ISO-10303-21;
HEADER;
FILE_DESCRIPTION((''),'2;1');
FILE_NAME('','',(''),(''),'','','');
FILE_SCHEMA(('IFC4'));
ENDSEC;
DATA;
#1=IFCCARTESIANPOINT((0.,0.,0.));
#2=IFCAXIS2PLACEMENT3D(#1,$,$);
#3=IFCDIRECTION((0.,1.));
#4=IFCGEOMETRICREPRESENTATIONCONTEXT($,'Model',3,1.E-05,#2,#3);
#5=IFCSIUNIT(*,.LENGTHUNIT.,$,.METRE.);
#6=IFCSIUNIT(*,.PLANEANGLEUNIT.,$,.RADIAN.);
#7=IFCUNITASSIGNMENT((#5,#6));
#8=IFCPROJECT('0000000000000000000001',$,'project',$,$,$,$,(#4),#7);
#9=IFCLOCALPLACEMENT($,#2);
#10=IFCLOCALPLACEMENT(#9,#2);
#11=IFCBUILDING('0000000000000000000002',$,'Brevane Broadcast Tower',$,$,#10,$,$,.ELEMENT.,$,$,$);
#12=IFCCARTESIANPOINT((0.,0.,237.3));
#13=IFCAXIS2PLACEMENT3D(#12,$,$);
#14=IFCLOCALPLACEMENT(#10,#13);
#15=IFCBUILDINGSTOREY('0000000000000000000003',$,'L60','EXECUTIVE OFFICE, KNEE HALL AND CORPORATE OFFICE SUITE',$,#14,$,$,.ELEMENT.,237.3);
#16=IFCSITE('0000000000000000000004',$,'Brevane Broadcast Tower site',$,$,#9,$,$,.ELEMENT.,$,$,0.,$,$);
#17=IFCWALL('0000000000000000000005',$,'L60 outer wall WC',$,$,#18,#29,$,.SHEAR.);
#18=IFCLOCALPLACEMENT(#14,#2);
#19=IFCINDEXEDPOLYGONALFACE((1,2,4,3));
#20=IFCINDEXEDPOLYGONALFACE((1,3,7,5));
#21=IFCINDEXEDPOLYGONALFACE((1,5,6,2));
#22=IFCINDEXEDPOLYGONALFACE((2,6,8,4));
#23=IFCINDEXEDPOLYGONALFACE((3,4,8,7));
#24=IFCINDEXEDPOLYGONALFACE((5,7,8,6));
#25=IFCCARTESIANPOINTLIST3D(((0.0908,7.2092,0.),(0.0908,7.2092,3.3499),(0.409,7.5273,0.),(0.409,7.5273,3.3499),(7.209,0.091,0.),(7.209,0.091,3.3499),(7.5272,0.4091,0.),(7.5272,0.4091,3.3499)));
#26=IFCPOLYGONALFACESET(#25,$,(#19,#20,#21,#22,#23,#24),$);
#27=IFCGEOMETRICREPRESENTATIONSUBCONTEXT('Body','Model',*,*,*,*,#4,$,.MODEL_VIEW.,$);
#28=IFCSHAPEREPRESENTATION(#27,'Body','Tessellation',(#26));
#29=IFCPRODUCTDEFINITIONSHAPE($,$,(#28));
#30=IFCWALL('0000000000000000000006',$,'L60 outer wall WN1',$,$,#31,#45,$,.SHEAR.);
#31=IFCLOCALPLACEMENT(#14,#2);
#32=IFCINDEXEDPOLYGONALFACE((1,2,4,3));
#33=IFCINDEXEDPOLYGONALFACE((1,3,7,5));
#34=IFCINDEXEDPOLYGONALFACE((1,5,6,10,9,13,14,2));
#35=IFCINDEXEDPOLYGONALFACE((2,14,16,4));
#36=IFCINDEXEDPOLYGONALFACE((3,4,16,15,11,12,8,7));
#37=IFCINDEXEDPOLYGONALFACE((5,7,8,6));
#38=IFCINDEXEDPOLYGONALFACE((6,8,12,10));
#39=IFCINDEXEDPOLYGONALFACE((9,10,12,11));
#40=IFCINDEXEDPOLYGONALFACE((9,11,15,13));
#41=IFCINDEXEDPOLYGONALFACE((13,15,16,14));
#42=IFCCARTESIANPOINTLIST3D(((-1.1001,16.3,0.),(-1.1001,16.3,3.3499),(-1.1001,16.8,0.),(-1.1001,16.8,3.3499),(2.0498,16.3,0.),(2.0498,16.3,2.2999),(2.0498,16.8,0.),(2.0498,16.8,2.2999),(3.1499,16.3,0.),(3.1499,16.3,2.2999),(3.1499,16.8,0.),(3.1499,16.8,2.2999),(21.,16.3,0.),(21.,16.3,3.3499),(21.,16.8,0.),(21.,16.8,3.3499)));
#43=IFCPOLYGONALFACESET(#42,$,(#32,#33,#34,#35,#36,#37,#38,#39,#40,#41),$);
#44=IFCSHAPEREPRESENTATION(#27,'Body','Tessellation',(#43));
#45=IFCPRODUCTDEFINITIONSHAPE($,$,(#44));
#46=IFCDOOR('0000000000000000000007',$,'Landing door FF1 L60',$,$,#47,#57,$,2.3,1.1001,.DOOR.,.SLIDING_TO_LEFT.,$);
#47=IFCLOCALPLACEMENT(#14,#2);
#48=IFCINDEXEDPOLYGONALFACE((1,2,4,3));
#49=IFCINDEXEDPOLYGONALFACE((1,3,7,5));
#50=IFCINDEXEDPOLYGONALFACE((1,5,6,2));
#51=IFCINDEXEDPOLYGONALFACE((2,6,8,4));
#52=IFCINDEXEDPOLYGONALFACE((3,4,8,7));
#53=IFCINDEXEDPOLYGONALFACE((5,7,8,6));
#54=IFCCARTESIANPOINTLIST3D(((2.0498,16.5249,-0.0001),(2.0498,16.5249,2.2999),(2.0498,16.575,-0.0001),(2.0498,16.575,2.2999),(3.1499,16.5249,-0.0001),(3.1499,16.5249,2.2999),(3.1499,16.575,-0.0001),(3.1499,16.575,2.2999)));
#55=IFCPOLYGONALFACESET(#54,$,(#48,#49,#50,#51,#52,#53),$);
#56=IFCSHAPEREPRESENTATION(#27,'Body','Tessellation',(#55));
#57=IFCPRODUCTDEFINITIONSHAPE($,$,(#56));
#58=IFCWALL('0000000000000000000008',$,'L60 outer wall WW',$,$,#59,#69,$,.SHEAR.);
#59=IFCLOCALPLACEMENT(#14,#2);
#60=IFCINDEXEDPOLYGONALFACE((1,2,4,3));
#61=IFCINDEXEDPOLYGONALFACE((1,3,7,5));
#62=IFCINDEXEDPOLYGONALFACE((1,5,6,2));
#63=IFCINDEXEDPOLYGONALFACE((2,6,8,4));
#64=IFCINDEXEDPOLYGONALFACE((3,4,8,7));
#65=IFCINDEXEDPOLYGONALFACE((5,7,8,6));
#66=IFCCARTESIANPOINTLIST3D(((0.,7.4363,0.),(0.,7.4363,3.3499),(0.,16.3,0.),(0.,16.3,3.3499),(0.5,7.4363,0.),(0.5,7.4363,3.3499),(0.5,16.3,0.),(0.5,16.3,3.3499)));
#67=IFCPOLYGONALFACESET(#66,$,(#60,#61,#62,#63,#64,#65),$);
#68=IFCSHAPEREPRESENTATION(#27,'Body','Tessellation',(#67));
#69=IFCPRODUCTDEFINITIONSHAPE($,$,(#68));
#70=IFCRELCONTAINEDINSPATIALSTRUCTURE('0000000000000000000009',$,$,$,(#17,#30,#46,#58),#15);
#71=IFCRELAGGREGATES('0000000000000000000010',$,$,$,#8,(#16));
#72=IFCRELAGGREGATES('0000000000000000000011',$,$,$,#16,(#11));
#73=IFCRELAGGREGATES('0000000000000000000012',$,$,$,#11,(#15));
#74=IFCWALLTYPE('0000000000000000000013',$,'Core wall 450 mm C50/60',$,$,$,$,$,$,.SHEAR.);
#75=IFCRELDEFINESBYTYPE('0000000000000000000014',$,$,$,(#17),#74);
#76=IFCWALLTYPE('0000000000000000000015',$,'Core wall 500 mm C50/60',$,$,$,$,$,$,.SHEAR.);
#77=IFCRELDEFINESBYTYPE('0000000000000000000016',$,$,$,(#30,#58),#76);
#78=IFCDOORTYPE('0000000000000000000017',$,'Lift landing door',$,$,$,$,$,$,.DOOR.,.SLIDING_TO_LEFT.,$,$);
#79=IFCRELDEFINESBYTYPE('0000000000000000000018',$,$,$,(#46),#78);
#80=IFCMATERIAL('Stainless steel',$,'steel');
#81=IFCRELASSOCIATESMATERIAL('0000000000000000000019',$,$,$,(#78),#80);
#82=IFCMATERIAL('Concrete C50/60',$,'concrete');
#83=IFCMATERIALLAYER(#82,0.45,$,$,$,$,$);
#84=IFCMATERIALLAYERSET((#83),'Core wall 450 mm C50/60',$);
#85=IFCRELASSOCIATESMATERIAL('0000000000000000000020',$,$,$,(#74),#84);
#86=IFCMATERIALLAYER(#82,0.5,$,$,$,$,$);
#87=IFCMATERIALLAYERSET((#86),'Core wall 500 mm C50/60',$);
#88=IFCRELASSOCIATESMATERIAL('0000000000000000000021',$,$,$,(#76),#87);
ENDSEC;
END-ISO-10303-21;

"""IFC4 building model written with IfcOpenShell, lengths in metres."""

from ifc_helpers import new_model, si_unit, direction, frame, frame_2d, origin, place, context, subcontext, project, spatial, rectangle, extrude, material, layer, layer_set, type_object, element, fill, save


model = new_model("IFC4")

# Units and contexts
model_context = context("Model", 3, precision=1e-05, world=origin(), true_north=direction((0.0, 1.0)))
body_context = subcontext(model_context, "Body", "Model", "MODEL_VIEW")
ifc_project = project(units=[si_unit("LENGTHUNIT", "METRE"), si_unit("PLANEANGLEUNIT", "RADIAN")], contexts=[model_context])

# Site, building, storey
site_placement = place(None, origin())
site = spatial("IfcSite", under=ifc_project, at=site_placement, Name="Brevane Broadcast Tower site", CompositionType="ELEMENT", RefElevation=0.0)
building_placement = place(site_placement, origin())
building = spatial("IfcBuilding", under=site, at=building_placement, Name="Brevane Broadcast Tower", CompositionType="ELEMENT")
storey_placement = place(building_placement, frame((0.0, 0.0, 237.3)))
storey = spatial("IfcBuildingStorey", under=building, at=storey_placement, Name="L60", Description="EXECUTIVE OFFICE, KNEE HALL AND CORPORATE OFFICE SUITE", CompositionType="ELEMENT", Elevation=237.3)

# Shared definitions
ifc_material_1 = material(Name="Concrete C50/60", Category="concrete")
ifc_material_2 = material(Name="Stainless steel", Category="steel")
door_type_1 = type_object("IfcDoorType", Name="Lift landing door", OperationType="SLIDING_TO_LEFT", PredefinedType="DOOR", material=ifc_material_2)

# Wall
ifc_layer_1 = layer(ifc_material_1, 0.45)
ifc_layer_set_1 = layer_set([ifc_layer_1], Name="Core wall 450 mm C50/60")
wall_type_1 = type_object("IfcWallType", Name="Core wall 450 mm C50/60", PredefinedType="SHEAR", material=ifc_layer_set_1)
wall_1_placement = place(storey_placement, frame((0.25, 7.3682, 0.0), z_axis=(0.0, 0.0, 1.0), x_axis=(0.707107, -0.707107, 0.0)))
element("IfcWall", 1, at=wall_1_placement, inside=storey, type_object=wall_type_1, Name="L60 outer wall WC", PredefinedType="SHEAR", context=body_context, shape_type="SweptSolid", body=[
    extrude(rectangle(XDim=10.0667, YDim=0.45, at=frame_2d((5.0332, 0.0))), origin(), (0.0, 0.0, 1.0), 3.3499),
])

# Wall, opening, door
ifc_layer_2 = layer(ifc_material_1, 0.5)
ifc_layer_set_2 = layer_set([ifc_layer_2], Name="Core wall 500 mm C50/60")
wall_type_2 = type_object("IfcWallType", Name="Core wall 500 mm C50/60", PredefinedType="SHEAR", material=ifc_layer_set_2)
wall_2_placement = place(storey_placement, frame((-1.1001, 16.55, 0.0), z_axis=(0.0, 0.0, 1.0), x_axis=(1.0, 0.0, 0.0)))
wall_2 = element("IfcWall", 2, at=wall_2_placement, inside=storey, type_object=wall_type_2, Name="L60 outer wall WN1", PredefinedType="SHEAR", context=body_context, shape_type="SweptSolid", body=[
    extrude(rectangle(XDim=22.1001, YDim=0.5, at=frame_2d((11.05, 0.0))), origin(), (0.0, 0.0, 1.0), 3.3499),
])
opening_1_placement = place(wall_2_placement, frame((3.1499, 0.0, 0.0)))
opening_1 = element("IfcOpeningElement", 3, at=opening_1_placement, cuts=wall_2, PredefinedType="OPENING", context=body_context, shape_type="SweptSolid", body=[
    extrude(rectangle(XDim=1.1001, YDim=2.3, at=frame_2d((0.55, 1.1499))), frame((0.0, 0.26, 0.0), z_axis=(0.0, -1.0, 0.0), x_axis=(1.0, 0.0, 0.0)), (0.0, 0.0, 1.0), 0.52),
])
door_1_placement = place(opening_1_placement, origin())
door_1 = element("IfcDoor", 4, at=door_1_placement, inside=storey, type_object=door_type_1, Name="Landing door FF1 L60", OperationType="SLIDING_TO_LEFT", OverallHeight=2.3, OverallWidth=1.1001, PredefinedType="DOOR", context=body_context, shape_type="SweptSolid", body=[
    extrude(rectangle(XDim=1.1001, YDim=2.3, at=frame_2d((0.55, 1.1499))), frame((0.0, 0.0249, 0.0), z_axis=(0.0, -1.0, 0.0), x_axis=(1.0, 0.0, 0.0)), (0.0, 0.0, 1.0), 0.05),
])
fill(opening_1, door_1)

# Wall
wall_3_placement = place(storey_placement, frame((0.25, 7.4363, 0.0), z_axis=(0.0, 0.0, 1.0), x_axis=(0.0, 1.0, 0.0)))
element("IfcWall", 5, at=wall_3_placement, inside=storey, type_object=wall_type_2, Name="L60 outer wall WW", PredefinedType="SHEAR", context=body_context, shape_type="SweptSolid", body=[
    extrude(rectangle(XDim=8.8638, YDim=0.5, at=frame_2d((4.4319, 0.0))), origin(), (0.0, 0.0, 1.0), 3.3499),
])

save(model, "model.ifc")
